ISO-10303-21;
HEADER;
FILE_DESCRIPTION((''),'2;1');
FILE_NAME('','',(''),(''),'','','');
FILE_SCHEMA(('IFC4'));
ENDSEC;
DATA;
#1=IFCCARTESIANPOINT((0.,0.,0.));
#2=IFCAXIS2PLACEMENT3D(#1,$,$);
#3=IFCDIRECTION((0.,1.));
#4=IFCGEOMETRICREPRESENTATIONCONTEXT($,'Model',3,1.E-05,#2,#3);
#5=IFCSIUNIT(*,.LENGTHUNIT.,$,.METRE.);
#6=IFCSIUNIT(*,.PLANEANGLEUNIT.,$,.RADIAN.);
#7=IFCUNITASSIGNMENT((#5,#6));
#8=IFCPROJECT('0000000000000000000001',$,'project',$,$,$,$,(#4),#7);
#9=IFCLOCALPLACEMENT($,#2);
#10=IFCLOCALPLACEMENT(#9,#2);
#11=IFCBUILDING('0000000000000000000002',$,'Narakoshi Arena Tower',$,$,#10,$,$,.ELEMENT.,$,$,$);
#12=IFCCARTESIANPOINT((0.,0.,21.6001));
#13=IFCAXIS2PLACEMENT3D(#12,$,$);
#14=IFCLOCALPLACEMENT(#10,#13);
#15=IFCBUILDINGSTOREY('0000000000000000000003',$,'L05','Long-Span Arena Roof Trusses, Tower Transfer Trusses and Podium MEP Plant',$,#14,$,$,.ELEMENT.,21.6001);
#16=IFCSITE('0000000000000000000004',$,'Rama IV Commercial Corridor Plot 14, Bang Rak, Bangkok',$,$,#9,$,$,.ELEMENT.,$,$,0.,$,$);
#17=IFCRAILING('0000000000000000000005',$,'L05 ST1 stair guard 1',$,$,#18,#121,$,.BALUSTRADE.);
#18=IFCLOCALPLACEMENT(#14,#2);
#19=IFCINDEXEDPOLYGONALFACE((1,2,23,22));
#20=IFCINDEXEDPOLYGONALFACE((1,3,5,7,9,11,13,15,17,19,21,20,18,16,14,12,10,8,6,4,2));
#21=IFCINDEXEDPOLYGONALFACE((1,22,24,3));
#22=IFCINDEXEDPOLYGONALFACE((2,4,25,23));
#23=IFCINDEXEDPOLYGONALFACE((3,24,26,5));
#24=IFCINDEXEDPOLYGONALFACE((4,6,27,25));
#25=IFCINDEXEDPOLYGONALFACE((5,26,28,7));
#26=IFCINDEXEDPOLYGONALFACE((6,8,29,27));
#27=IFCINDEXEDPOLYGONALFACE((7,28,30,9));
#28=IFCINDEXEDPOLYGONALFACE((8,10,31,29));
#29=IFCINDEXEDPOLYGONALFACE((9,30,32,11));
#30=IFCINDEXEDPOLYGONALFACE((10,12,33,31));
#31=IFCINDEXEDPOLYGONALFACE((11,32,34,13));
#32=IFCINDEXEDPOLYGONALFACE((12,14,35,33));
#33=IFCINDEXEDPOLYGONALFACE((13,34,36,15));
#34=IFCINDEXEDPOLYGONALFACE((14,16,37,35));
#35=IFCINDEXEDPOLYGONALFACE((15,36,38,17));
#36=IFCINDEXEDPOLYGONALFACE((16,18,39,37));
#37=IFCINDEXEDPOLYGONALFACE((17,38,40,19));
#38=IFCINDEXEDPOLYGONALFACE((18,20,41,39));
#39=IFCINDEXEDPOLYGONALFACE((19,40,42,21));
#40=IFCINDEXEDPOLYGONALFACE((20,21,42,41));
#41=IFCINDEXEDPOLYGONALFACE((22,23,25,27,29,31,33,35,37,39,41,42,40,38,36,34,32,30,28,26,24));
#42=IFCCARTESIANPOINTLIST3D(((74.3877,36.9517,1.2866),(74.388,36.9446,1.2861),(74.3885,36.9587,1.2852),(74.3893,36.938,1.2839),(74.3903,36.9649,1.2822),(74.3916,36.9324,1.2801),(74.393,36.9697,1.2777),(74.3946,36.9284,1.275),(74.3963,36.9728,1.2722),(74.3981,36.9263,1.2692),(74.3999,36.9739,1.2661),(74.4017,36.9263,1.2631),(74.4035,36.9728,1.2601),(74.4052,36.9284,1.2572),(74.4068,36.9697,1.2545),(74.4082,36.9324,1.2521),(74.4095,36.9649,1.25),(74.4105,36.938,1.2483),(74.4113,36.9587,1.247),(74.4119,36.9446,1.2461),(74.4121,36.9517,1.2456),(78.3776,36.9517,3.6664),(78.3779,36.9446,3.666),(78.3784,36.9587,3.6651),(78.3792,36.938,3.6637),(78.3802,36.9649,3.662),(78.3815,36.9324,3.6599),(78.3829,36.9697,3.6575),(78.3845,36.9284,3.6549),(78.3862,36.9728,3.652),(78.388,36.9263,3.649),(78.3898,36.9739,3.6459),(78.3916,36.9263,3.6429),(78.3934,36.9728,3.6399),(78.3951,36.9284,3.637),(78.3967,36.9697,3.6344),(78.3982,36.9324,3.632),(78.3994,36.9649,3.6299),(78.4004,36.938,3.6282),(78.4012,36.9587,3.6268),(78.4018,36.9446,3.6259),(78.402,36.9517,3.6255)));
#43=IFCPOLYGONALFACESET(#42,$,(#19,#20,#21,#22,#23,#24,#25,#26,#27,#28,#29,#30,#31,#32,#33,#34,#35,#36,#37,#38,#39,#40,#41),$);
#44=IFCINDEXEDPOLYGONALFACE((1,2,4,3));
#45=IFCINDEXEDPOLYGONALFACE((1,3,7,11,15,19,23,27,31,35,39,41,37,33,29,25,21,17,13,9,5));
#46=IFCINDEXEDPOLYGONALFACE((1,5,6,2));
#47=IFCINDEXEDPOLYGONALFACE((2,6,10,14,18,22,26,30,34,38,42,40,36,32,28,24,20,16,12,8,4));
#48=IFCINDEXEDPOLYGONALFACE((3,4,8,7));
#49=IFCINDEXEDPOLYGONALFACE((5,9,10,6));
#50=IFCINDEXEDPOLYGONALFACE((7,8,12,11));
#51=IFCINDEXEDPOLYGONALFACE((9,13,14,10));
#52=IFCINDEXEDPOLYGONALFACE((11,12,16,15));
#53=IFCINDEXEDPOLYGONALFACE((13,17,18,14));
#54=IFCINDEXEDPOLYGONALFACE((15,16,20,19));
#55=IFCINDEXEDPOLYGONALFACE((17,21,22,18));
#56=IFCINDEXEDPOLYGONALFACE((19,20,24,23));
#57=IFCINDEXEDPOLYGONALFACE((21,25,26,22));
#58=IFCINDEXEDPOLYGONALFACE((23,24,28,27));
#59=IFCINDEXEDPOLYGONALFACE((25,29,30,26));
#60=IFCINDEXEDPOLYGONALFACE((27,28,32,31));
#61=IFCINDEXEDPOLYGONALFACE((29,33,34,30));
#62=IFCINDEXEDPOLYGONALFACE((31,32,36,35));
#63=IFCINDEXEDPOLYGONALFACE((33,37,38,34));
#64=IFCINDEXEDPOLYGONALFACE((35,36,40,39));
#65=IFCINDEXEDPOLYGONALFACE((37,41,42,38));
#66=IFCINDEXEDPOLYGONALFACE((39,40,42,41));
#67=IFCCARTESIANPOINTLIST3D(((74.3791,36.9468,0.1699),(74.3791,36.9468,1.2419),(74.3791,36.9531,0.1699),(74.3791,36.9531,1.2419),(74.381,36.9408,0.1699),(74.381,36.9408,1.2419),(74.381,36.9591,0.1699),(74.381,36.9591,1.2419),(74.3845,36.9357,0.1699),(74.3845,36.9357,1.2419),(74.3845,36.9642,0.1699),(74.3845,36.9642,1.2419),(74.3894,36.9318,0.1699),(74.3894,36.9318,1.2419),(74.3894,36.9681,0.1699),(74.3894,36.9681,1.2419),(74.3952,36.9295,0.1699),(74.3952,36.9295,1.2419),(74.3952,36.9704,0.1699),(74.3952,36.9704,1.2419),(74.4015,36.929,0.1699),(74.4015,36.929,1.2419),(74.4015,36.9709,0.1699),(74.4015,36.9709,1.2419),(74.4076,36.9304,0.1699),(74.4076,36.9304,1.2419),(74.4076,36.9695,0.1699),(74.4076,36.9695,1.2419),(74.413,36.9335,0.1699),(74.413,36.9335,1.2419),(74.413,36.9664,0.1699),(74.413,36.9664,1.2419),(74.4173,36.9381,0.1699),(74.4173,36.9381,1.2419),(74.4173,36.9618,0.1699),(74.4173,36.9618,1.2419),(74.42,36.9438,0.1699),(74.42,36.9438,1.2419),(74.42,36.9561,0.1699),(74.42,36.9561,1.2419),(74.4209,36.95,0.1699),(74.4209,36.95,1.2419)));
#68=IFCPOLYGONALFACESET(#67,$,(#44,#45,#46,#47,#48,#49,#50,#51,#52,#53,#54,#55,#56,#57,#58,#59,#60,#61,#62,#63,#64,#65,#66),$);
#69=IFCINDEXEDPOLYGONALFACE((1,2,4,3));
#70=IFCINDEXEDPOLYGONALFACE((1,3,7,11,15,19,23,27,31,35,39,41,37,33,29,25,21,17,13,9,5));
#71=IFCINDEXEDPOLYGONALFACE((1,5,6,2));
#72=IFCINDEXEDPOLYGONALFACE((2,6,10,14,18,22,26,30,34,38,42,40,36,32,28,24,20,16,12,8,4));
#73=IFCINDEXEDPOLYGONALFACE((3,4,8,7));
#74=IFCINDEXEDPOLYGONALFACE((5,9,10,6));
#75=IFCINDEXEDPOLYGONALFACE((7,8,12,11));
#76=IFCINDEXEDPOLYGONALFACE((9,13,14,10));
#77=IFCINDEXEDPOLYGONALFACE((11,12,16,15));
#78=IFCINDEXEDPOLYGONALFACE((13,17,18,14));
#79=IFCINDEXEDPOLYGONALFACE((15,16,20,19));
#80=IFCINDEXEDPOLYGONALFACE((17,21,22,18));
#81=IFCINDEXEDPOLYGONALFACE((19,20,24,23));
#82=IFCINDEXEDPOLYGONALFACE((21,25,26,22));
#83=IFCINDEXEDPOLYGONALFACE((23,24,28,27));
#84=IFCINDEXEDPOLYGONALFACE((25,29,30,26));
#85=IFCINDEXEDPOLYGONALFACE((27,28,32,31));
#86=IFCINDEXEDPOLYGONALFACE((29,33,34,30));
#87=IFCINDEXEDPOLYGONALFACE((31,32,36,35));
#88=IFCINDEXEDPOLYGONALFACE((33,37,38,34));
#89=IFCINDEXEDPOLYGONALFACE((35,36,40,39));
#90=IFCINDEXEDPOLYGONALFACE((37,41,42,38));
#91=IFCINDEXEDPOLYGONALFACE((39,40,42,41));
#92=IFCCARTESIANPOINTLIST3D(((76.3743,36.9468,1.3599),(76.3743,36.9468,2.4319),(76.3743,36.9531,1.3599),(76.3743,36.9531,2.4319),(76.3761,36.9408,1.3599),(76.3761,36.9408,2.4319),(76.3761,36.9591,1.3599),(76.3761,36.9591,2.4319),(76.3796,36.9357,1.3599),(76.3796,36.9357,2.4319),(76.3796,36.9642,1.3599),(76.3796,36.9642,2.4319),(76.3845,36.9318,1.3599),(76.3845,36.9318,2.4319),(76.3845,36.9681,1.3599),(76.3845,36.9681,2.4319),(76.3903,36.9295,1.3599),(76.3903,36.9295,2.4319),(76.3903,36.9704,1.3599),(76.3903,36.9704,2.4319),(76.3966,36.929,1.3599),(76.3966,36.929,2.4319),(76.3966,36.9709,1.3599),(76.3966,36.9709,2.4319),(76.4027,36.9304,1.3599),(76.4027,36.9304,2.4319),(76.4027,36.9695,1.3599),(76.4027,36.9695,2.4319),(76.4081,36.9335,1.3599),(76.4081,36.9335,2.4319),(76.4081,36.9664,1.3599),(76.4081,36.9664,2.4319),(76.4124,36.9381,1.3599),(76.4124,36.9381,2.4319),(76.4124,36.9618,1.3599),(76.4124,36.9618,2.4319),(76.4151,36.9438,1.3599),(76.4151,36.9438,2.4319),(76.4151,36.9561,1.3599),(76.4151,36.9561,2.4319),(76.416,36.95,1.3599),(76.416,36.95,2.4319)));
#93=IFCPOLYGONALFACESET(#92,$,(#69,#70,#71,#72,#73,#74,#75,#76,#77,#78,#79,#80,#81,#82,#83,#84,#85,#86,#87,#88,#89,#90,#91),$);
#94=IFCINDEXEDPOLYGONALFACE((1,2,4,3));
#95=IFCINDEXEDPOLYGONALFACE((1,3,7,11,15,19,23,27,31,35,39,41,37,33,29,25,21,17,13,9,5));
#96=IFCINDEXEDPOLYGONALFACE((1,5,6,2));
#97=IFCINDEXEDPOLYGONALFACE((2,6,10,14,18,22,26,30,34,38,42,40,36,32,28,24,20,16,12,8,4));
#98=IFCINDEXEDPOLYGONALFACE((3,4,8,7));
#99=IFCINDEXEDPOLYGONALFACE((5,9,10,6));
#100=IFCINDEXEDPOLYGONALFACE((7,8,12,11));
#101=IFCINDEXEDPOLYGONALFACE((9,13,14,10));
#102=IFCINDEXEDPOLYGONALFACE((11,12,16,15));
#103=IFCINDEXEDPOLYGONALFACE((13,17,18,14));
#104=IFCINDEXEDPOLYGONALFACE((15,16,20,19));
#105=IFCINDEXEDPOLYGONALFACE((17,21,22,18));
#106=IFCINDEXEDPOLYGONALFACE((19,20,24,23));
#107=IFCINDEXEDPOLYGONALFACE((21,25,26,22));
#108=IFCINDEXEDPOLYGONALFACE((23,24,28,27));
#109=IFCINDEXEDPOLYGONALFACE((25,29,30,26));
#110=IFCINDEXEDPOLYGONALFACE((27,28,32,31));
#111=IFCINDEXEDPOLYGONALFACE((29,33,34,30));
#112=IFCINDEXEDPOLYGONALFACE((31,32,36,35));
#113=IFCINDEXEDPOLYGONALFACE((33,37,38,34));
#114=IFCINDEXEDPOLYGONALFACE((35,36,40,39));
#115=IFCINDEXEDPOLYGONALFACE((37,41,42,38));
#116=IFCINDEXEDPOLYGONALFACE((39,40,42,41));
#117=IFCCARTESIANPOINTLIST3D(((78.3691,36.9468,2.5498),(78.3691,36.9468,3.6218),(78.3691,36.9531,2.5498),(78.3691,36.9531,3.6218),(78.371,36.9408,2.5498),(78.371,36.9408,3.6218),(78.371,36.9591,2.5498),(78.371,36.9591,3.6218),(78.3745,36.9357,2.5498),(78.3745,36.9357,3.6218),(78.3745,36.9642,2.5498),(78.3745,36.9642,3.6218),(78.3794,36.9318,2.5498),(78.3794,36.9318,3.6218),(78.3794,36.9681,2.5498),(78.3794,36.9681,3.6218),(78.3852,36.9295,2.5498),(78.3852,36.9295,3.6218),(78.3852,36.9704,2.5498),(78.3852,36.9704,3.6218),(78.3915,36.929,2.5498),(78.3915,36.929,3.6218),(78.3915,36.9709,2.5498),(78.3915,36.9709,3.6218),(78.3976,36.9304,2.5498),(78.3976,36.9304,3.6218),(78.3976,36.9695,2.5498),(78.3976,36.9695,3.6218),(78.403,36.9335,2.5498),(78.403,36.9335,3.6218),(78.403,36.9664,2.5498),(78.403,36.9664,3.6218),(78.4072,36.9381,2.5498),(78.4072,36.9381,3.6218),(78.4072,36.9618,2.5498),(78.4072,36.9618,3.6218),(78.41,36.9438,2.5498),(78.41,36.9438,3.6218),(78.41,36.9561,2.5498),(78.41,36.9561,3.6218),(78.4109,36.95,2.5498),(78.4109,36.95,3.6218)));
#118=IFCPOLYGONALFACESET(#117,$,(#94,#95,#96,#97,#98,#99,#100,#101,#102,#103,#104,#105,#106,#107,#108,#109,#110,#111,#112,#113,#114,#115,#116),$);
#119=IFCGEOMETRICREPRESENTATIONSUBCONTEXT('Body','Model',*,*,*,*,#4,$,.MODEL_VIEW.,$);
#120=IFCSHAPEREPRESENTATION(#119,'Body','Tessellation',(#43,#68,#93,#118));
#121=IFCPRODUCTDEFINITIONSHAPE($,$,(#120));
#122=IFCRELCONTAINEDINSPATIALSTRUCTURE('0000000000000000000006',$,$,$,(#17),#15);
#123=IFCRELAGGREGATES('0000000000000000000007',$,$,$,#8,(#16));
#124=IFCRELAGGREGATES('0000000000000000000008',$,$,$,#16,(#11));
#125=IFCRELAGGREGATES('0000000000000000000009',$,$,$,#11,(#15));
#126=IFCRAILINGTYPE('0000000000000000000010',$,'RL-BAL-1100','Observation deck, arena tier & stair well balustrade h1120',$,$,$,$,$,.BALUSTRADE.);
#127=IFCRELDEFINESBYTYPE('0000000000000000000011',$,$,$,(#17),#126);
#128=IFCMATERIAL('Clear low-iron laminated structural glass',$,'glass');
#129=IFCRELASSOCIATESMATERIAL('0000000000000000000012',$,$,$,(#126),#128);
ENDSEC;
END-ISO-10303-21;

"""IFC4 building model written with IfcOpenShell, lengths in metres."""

from ifc_helpers import new_model, si_unit, direction, frame, origin, origin_2d, place, context, subcontext, project, spatial, circle, extrude, material, type_object, element, save


model = new_model("IFC4")

# Units and contexts
model_context = context("Model", 3, precision=1e-05, world=origin(), true_north=direction((0.0, 1.0)))
body_context = subcontext(model_context, "Body", "Model", "MODEL_VIEW")
ifc_project = project(units=[si_unit("LENGTHUNIT", "METRE"), si_unit("PLANEANGLEUNIT", "RADIAN")], contexts=[model_context])

# Site, building, storey
site_placement = place(None, origin())
site = spatial("IfcSite", under=ifc_project, at=site_placement, Name="Rama IV Commercial Corridor Plot 14, Bang Rak, Bangkok", CompositionType="ELEMENT", RefElevation=0.0)
building_placement = place(site_placement, origin())
building = spatial("IfcBuilding", under=site, at=building_placement, Name="Narakoshi Arena Tower", CompositionType="ELEMENT")
storey_placement = place(building_placement, frame((0.0, 0.0, 21.6001)))
storey = spatial("IfcBuildingStorey", under=building, at=storey_placement, Name="L05", Description="Long-Span Arena Roof Trusses, Tower Transfer Trusses and Podium MEP Plant", CompositionType="ELEMENT", Elevation=21.6001)

# Railing
ifc_material_1 = material(Name="Clear low-iron laminated structural glass", Category="glass")
railing_type_1 = type_object("IfcRailingType", Name="RL-BAL-1100", Description="Observation deck, arena tier & stair well balustrade h1120", PredefinedType="BALUSTRADE", material=ifc_material_1)
railing_1_placement = place(storey_placement, frame((74.3999, 36.95, 0.1699)))
element("IfcRailing", 1, at=railing_1_placement, inside=storey, type_object=railing_type_1, Name="L05 ST1 stair guard 1", PredefinedType="BALUSTRADE", context=body_context, shape_type="SweptSolid", body=[
    extrude(circle(Radius=0.0239, at=origin_2d()), frame((0.0, 0.0, 1.0962), z_axis=(0.85883, 0.0, 0.512261), x_axis=(0.0, 1.0, 0.0)), (0.0, 0.0, 1.0), 4.6458),
    extrude(circle(Radius=0.021, at=origin_2d()), origin(), (0.0, 0.0, 1.0), 1.072),
    extrude(circle(Radius=0.021, at=origin_2d()), frame((1.9951, 0.0, 1.1899)), (0.0, 0.0, 1.0), 1.072),
    extrude(circle(Radius=0.021, at=origin_2d()), frame((3.99, 0.0, 2.3799)), (0.0, 0.0, 1.0), 1.072),
])

save(model, "model.ifc")
